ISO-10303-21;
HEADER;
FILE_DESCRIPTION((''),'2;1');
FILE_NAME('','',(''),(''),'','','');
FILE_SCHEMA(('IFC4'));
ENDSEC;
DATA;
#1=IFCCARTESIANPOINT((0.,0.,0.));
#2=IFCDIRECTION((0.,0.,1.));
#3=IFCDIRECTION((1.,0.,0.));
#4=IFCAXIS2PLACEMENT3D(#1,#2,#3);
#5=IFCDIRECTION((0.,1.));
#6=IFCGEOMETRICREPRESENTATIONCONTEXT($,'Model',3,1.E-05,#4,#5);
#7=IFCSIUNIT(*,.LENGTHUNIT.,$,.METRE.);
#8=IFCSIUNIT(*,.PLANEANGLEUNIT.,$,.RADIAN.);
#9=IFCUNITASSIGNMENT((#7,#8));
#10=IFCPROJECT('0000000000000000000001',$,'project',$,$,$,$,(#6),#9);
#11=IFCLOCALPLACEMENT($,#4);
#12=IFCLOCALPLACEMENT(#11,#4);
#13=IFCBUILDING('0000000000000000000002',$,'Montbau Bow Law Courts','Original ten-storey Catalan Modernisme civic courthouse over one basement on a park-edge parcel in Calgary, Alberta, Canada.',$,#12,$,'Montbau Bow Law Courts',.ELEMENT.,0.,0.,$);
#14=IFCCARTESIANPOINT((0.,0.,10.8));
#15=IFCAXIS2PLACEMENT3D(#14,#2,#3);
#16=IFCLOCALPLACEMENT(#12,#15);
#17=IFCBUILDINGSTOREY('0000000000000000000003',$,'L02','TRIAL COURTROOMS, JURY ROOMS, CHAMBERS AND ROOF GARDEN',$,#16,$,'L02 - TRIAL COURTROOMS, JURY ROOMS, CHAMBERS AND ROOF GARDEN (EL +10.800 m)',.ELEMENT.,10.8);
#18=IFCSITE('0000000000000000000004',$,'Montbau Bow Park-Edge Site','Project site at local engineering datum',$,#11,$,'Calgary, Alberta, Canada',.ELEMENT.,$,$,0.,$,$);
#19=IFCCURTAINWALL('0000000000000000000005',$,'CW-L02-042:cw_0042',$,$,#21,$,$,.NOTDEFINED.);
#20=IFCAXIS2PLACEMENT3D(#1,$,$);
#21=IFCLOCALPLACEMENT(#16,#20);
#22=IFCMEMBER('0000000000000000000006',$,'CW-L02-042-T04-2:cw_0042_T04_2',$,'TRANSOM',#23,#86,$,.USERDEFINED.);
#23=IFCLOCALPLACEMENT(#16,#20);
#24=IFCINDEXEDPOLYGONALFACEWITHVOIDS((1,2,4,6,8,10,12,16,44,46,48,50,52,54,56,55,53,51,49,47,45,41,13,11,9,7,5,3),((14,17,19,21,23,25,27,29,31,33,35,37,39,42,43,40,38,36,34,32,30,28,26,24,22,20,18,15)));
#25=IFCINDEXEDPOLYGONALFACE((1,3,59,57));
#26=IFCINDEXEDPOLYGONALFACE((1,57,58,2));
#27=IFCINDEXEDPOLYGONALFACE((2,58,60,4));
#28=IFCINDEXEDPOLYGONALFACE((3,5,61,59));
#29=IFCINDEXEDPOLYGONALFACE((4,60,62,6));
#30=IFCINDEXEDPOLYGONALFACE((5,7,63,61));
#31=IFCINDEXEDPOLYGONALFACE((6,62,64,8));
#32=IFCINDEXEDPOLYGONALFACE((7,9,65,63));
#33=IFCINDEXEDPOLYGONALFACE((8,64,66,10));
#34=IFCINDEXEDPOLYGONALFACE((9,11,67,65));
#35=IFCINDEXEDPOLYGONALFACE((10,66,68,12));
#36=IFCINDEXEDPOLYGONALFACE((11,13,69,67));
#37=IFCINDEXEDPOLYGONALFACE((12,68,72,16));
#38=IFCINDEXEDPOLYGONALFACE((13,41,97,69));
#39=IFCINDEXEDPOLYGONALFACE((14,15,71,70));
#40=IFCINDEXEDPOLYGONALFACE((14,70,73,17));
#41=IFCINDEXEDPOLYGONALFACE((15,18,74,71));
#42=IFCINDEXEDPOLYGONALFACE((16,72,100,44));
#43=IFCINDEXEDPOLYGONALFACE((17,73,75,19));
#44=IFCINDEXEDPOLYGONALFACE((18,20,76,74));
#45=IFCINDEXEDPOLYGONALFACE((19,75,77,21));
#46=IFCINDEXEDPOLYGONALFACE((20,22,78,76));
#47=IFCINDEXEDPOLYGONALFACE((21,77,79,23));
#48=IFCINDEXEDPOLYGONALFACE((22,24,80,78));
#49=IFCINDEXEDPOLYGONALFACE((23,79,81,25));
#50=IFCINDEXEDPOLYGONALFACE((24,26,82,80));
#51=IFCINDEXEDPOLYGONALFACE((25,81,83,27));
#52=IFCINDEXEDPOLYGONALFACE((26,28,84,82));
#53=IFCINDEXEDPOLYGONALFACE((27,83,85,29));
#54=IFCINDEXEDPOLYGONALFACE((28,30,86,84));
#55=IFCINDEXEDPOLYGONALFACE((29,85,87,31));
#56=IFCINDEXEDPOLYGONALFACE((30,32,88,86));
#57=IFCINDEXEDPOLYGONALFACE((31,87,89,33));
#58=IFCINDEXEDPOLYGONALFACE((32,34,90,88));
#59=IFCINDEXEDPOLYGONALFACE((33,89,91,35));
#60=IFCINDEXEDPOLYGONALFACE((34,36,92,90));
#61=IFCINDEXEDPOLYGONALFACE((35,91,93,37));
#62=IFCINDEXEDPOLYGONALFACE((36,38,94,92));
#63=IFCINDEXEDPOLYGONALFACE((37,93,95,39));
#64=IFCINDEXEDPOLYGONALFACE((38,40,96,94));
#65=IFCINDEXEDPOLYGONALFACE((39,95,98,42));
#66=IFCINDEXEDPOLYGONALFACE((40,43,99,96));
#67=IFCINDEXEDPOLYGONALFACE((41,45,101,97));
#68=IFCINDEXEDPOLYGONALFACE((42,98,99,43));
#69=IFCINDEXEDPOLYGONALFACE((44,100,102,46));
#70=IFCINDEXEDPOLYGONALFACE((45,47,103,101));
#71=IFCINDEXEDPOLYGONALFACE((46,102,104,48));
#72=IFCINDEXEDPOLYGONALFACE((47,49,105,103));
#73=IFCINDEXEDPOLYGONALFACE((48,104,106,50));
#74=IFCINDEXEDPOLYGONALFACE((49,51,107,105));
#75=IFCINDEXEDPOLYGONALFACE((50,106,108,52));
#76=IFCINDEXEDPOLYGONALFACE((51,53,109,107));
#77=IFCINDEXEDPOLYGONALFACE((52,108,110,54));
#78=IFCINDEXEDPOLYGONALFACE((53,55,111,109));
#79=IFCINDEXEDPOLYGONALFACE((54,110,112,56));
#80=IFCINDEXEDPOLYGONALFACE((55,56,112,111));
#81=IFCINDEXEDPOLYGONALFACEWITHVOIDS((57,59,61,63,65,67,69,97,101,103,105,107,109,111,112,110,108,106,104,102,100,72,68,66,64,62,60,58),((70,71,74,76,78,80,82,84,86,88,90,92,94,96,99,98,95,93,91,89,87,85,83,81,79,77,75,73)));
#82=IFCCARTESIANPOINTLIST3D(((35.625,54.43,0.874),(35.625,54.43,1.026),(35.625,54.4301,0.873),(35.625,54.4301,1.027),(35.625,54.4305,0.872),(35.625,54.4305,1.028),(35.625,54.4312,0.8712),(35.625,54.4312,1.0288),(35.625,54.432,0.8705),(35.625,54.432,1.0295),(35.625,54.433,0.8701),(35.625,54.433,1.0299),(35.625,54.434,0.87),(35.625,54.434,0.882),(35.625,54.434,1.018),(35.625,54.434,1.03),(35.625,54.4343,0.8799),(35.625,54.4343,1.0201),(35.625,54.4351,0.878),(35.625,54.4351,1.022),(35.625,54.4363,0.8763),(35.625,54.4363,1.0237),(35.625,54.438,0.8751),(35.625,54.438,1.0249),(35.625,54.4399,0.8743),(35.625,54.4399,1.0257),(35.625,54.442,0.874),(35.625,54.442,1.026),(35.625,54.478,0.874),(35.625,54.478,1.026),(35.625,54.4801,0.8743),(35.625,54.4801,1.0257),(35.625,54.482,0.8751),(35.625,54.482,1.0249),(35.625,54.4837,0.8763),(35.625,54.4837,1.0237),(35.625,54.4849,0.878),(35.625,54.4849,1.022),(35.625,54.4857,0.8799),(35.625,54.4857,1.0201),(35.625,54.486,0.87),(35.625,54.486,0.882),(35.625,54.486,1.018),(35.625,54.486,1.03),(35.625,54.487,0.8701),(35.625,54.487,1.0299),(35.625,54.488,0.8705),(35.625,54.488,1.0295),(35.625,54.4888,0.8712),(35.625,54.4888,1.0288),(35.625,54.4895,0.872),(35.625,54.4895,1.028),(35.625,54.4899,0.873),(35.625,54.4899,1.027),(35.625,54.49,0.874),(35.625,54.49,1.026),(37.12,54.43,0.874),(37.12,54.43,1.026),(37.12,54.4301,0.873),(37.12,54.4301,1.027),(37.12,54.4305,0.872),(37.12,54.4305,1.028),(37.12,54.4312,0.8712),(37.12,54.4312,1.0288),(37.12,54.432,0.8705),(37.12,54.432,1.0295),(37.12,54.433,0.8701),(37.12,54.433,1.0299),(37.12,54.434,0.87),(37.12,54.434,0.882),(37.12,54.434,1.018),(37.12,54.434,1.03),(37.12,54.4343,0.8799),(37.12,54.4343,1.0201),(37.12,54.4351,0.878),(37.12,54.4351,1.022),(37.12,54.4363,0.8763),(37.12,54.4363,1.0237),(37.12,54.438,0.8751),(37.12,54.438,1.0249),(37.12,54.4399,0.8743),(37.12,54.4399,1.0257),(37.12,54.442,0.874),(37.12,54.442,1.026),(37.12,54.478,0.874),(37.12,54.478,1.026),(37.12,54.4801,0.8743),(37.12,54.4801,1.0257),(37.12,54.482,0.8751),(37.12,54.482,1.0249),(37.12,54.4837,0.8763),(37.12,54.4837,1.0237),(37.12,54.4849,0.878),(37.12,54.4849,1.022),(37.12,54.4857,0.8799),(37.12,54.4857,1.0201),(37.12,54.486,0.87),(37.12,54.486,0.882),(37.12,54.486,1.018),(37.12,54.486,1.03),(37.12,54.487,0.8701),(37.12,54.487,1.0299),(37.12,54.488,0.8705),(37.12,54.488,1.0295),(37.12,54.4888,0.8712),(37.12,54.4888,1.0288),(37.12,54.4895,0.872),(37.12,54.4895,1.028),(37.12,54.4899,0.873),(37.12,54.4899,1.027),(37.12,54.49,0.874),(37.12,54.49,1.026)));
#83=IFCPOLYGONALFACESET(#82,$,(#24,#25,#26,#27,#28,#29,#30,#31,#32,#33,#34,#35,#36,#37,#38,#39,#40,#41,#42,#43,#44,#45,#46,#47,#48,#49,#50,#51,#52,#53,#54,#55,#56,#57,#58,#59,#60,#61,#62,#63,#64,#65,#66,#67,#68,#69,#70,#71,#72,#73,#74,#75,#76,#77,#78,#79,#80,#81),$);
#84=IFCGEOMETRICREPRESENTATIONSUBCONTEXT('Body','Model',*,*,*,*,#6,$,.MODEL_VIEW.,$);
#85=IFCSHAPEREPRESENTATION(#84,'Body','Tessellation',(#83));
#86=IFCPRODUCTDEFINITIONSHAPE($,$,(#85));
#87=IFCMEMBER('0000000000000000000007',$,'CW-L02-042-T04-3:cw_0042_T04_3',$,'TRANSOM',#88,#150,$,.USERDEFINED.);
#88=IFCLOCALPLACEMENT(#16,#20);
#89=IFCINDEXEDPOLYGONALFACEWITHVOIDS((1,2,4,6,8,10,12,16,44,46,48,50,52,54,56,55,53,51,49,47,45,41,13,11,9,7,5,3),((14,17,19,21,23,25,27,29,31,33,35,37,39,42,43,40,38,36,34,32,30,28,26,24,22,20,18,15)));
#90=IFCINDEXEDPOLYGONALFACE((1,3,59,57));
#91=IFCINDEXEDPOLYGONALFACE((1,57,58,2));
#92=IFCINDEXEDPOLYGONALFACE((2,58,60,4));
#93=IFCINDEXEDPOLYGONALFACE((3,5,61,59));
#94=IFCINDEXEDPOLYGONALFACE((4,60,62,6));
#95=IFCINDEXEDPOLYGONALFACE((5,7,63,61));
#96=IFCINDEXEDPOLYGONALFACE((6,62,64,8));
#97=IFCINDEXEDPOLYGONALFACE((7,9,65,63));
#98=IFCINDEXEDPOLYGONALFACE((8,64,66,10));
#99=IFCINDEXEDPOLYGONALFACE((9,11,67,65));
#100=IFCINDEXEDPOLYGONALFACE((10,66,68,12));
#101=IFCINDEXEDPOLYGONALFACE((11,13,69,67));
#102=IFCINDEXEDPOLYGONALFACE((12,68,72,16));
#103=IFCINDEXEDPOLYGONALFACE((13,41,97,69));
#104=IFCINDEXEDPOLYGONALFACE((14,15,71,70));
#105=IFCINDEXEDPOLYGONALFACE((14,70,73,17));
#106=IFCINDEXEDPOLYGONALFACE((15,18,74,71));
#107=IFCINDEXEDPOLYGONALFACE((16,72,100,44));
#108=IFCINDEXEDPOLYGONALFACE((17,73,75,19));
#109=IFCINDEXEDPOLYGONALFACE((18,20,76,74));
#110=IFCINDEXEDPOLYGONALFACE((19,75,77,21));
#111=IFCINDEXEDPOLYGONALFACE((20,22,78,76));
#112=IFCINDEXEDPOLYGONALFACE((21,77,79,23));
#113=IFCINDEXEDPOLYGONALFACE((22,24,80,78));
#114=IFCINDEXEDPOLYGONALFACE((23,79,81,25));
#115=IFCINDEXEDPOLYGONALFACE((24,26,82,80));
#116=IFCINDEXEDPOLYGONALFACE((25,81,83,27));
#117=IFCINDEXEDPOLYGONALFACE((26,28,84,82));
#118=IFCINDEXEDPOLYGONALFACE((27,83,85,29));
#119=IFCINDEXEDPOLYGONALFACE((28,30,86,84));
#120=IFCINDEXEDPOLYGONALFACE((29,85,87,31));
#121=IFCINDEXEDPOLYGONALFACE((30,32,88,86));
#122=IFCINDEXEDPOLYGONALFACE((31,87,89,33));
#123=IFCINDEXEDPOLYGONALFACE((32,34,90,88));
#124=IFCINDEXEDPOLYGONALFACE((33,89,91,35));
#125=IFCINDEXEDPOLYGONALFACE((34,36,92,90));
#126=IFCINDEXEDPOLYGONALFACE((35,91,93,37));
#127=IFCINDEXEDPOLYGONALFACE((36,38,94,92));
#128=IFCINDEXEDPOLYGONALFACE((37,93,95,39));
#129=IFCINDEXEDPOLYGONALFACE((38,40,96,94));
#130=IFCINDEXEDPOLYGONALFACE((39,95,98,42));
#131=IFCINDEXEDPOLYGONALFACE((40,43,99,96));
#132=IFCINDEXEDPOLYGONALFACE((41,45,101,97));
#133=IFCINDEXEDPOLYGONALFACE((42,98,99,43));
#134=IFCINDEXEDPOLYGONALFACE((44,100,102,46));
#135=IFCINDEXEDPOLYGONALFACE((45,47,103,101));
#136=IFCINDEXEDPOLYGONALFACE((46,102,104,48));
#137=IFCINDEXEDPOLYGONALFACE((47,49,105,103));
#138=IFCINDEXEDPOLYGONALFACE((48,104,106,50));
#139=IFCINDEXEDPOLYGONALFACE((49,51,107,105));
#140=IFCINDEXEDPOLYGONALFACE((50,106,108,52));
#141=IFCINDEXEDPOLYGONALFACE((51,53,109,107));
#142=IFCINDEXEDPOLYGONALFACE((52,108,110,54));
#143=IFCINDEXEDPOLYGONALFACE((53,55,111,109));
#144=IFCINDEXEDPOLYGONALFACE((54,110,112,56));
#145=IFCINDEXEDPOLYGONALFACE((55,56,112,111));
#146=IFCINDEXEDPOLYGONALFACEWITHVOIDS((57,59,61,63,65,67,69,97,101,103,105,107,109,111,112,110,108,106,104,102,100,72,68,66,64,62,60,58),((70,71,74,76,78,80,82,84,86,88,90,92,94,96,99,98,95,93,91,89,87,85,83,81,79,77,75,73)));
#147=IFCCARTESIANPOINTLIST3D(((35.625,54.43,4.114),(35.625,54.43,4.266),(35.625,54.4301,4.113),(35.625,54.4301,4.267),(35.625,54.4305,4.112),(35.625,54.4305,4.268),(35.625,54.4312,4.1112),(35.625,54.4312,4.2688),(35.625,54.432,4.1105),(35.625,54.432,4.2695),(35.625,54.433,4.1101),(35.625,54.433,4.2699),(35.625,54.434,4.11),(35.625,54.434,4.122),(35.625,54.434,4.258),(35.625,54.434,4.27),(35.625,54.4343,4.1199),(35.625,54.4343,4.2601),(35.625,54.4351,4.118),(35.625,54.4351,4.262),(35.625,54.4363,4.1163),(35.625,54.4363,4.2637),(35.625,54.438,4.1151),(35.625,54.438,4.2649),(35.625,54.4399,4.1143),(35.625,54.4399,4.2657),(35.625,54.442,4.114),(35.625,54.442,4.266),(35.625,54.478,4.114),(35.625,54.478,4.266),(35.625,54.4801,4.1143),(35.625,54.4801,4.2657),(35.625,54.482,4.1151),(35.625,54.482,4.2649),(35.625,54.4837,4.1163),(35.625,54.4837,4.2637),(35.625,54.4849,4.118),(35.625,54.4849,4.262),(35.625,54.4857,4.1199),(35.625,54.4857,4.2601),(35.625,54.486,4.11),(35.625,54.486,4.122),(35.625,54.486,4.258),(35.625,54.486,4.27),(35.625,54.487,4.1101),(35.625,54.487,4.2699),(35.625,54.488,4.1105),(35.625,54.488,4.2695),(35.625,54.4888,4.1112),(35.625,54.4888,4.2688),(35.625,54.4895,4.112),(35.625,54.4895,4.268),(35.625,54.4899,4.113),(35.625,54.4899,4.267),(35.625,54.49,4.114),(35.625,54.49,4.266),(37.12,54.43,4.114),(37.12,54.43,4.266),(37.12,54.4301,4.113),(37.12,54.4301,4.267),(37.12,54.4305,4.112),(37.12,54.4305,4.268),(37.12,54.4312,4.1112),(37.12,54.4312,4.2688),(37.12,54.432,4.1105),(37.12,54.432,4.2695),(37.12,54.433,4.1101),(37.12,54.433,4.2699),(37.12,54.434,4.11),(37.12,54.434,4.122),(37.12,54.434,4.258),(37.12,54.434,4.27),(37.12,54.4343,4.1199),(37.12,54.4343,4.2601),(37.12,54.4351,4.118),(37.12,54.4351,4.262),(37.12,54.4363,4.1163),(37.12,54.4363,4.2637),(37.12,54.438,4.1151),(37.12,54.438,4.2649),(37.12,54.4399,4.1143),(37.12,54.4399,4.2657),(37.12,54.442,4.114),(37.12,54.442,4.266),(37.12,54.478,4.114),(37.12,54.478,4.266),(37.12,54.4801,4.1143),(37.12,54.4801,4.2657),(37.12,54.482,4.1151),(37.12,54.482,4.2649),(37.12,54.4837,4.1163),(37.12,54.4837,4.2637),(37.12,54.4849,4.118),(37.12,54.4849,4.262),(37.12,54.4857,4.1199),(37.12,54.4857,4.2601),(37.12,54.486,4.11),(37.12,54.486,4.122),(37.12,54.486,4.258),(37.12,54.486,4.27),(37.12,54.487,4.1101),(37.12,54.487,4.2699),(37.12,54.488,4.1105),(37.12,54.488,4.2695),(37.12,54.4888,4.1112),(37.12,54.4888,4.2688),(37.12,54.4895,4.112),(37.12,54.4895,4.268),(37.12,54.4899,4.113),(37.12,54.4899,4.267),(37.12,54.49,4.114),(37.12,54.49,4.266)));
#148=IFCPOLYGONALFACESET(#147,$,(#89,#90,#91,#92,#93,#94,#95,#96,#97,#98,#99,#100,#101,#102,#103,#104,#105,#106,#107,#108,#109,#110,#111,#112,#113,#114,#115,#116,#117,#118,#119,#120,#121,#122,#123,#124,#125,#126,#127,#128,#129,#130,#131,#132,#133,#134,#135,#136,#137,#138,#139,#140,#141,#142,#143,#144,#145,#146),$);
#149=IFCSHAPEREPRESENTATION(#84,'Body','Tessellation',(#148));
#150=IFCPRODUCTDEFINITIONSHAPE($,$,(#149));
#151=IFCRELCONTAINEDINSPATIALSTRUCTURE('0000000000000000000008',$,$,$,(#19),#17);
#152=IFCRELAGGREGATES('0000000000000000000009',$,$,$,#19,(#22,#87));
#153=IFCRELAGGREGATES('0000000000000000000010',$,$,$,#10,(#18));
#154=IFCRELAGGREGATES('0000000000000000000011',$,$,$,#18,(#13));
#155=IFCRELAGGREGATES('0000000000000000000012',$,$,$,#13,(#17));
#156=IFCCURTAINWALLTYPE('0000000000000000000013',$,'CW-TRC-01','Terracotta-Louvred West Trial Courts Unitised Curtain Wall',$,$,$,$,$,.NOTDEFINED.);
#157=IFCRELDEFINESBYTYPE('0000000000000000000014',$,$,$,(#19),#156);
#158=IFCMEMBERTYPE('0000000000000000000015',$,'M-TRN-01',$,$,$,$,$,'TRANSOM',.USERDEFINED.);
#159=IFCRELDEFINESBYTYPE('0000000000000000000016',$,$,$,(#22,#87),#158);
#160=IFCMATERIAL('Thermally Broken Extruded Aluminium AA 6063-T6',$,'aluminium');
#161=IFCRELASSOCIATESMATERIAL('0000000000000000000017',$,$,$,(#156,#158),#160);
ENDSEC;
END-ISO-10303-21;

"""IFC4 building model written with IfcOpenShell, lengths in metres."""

from ifc_helpers import new_model, si_unit, direction, frame, origin_with_axes, origin_2d_with_axis, place, context, subcontext, project, spatial, hollow_rectangle, extrude, material, material_profile, profile_set, type_object, element, aggregate, save


model = new_model("IFC4")

# Units and contexts
model_context = context("Model", 3, precision=1e-05, world=origin_with_axes(), true_north=direction((0.0, 1.0)))
body_context = subcontext(model_context, "Body", "Model", "MODEL_VIEW")
ifc_project = project(units=[si_unit("LENGTHUNIT", "METRE"), si_unit("PLANEANGLEUNIT", "RADIAN")], contexts=[model_context])

# Site, building, storey
site_placement = place(None, origin_with_axes())
site = spatial("IfcSite", under=ifc_project, at=site_placement, Name="Montbau Bow Park-Edge Site", Description="Project site at local engineering datum", LongName="Calgary, Alberta, Canada", CompositionType="ELEMENT", RefElevation=0.0)
building_placement = place(site_placement, origin_with_axes())
building = spatial("IfcBuilding", under=site, at=building_placement, Name="Montbau Bow Law Courts", Description="Original ten-storey Catalan Modernisme civic courthouse over one basement on a park-edge parcel in Calgary, Alberta, Canada.", LongName="Montbau Bow Law Courts", CompositionType="ELEMENT", ElevationOfRefHeight=0.0, ElevationOfTerrain=0.0)
storey_placement = place(building_placement, frame((0.0, 0.0, 10.8), z_axis=(0.0, 0.0, 1.0), x_axis=(1.0, 0.0, 0.0)))
storey = spatial("IfcBuildingStorey", under=building, at=storey_placement, Name="L02", Description="TRIAL COURTROOMS, JURY ROOMS, CHAMBERS AND ROOF GARDEN", LongName="L02 - TRIAL COURTROOMS, JURY ROOMS, CHAMBERS AND ROOF GARDEN (EL +10.800 m)", CompositionType="ELEMENT", Elevation=10.8)

# Curtain wall, members
ifc_material_1 = material(Name="Thermally Broken Extruded Aluminium AA 6063-T6", Category="aluminium")
curtain_wall_type = type_object("IfcCurtainWallType", Name="CW-TRC-01", Description="Terracotta-Louvred West Trial Courts Unitised Curtain Wall", PredefinedType="NOTDEFINED", material=ifc_material_1)
curtain_wall_placement = place(None, frame((30.867, 54.46, 10.8), z_axis=(0.0, 0.0, 1.0), x_axis=(1.0, 0.0, 0.0)))
curtain_wall = element("IfcCurtainWall", 1, at=curtain_wall_placement, inside=storey, type_object=curtain_wall_type, Name="CW-L02-042:cw_0042", PredefinedType="NOTDEFINED")
ifc_material_profile_1 = material_profile(ifc_material_1, hollow_rectangle(XDim=0.06, YDim=0.16, WallThickness=0.004, InnerFilletRadius=0.008, OuterFilletRadius=0.004, at=origin_2d_with_axis()), Name="CWT-160X60", Category="Main", Priority=0)
ifc_profile_set_1 = profile_set([ifc_material_profile_1], Name="Thermally Broken Extruded Aluminium AA 6063-T6")
member_type_1 = type_object("IfcMemberType", Name="M-TRN-01", ElementType="TRANSOM", PredefinedType="USERDEFINED", material=ifc_profile_set_1)
member_1_placement = place(None, frame((35.625, 54.46, 11.75), z_axis=(1.0, 0.0, 0.0), x_axis=(0.0, 1.0, 0.0)))
member_1 = element("IfcMember", 2, at=member_1_placement, type_object=member_type_1, Name="CW-L02-042-T04-2:cw_0042_T04_2", ObjectType="TRANSOM", PredefinedType="USERDEFINED", context=body_context, shape_type="SweptSolid", body=[
    extrude(hollow_rectangle(XDim=0.06, YDim=0.16, WallThickness=0.004, InnerFilletRadius=0.008, OuterFilletRadius=0.004, at=origin_2d_with_axis()), origin_with_axes(), (0.0, 0.0, 1.0), 1.495),
])
member_2_placement = place(None, frame((35.625, 54.46, 14.99), z_axis=(1.0, 0.0, 0.0), x_axis=(0.0, 1.0, 0.0)))
member_2 = element("IfcMember", 3, at=member_2_placement, type_object=member_type_1, Name="CW-L02-042-T04-3:cw_0042_T04_3", ObjectType="TRANSOM", PredefinedType="USERDEFINED", context=body_context, shape_type="SweptSolid", body=[
    extrude(hollow_rectangle(XDim=0.06, YDim=0.16, WallThickness=0.004, InnerFilletRadius=0.008, OuterFilletRadius=0.004, at=origin_2d_with_axis()), origin_with_axes(), (0.0, 0.0, 1.0), 1.495),
])
aggregate(curtain_wall, [member_1, member_2])

save(model, "model.ifc")
